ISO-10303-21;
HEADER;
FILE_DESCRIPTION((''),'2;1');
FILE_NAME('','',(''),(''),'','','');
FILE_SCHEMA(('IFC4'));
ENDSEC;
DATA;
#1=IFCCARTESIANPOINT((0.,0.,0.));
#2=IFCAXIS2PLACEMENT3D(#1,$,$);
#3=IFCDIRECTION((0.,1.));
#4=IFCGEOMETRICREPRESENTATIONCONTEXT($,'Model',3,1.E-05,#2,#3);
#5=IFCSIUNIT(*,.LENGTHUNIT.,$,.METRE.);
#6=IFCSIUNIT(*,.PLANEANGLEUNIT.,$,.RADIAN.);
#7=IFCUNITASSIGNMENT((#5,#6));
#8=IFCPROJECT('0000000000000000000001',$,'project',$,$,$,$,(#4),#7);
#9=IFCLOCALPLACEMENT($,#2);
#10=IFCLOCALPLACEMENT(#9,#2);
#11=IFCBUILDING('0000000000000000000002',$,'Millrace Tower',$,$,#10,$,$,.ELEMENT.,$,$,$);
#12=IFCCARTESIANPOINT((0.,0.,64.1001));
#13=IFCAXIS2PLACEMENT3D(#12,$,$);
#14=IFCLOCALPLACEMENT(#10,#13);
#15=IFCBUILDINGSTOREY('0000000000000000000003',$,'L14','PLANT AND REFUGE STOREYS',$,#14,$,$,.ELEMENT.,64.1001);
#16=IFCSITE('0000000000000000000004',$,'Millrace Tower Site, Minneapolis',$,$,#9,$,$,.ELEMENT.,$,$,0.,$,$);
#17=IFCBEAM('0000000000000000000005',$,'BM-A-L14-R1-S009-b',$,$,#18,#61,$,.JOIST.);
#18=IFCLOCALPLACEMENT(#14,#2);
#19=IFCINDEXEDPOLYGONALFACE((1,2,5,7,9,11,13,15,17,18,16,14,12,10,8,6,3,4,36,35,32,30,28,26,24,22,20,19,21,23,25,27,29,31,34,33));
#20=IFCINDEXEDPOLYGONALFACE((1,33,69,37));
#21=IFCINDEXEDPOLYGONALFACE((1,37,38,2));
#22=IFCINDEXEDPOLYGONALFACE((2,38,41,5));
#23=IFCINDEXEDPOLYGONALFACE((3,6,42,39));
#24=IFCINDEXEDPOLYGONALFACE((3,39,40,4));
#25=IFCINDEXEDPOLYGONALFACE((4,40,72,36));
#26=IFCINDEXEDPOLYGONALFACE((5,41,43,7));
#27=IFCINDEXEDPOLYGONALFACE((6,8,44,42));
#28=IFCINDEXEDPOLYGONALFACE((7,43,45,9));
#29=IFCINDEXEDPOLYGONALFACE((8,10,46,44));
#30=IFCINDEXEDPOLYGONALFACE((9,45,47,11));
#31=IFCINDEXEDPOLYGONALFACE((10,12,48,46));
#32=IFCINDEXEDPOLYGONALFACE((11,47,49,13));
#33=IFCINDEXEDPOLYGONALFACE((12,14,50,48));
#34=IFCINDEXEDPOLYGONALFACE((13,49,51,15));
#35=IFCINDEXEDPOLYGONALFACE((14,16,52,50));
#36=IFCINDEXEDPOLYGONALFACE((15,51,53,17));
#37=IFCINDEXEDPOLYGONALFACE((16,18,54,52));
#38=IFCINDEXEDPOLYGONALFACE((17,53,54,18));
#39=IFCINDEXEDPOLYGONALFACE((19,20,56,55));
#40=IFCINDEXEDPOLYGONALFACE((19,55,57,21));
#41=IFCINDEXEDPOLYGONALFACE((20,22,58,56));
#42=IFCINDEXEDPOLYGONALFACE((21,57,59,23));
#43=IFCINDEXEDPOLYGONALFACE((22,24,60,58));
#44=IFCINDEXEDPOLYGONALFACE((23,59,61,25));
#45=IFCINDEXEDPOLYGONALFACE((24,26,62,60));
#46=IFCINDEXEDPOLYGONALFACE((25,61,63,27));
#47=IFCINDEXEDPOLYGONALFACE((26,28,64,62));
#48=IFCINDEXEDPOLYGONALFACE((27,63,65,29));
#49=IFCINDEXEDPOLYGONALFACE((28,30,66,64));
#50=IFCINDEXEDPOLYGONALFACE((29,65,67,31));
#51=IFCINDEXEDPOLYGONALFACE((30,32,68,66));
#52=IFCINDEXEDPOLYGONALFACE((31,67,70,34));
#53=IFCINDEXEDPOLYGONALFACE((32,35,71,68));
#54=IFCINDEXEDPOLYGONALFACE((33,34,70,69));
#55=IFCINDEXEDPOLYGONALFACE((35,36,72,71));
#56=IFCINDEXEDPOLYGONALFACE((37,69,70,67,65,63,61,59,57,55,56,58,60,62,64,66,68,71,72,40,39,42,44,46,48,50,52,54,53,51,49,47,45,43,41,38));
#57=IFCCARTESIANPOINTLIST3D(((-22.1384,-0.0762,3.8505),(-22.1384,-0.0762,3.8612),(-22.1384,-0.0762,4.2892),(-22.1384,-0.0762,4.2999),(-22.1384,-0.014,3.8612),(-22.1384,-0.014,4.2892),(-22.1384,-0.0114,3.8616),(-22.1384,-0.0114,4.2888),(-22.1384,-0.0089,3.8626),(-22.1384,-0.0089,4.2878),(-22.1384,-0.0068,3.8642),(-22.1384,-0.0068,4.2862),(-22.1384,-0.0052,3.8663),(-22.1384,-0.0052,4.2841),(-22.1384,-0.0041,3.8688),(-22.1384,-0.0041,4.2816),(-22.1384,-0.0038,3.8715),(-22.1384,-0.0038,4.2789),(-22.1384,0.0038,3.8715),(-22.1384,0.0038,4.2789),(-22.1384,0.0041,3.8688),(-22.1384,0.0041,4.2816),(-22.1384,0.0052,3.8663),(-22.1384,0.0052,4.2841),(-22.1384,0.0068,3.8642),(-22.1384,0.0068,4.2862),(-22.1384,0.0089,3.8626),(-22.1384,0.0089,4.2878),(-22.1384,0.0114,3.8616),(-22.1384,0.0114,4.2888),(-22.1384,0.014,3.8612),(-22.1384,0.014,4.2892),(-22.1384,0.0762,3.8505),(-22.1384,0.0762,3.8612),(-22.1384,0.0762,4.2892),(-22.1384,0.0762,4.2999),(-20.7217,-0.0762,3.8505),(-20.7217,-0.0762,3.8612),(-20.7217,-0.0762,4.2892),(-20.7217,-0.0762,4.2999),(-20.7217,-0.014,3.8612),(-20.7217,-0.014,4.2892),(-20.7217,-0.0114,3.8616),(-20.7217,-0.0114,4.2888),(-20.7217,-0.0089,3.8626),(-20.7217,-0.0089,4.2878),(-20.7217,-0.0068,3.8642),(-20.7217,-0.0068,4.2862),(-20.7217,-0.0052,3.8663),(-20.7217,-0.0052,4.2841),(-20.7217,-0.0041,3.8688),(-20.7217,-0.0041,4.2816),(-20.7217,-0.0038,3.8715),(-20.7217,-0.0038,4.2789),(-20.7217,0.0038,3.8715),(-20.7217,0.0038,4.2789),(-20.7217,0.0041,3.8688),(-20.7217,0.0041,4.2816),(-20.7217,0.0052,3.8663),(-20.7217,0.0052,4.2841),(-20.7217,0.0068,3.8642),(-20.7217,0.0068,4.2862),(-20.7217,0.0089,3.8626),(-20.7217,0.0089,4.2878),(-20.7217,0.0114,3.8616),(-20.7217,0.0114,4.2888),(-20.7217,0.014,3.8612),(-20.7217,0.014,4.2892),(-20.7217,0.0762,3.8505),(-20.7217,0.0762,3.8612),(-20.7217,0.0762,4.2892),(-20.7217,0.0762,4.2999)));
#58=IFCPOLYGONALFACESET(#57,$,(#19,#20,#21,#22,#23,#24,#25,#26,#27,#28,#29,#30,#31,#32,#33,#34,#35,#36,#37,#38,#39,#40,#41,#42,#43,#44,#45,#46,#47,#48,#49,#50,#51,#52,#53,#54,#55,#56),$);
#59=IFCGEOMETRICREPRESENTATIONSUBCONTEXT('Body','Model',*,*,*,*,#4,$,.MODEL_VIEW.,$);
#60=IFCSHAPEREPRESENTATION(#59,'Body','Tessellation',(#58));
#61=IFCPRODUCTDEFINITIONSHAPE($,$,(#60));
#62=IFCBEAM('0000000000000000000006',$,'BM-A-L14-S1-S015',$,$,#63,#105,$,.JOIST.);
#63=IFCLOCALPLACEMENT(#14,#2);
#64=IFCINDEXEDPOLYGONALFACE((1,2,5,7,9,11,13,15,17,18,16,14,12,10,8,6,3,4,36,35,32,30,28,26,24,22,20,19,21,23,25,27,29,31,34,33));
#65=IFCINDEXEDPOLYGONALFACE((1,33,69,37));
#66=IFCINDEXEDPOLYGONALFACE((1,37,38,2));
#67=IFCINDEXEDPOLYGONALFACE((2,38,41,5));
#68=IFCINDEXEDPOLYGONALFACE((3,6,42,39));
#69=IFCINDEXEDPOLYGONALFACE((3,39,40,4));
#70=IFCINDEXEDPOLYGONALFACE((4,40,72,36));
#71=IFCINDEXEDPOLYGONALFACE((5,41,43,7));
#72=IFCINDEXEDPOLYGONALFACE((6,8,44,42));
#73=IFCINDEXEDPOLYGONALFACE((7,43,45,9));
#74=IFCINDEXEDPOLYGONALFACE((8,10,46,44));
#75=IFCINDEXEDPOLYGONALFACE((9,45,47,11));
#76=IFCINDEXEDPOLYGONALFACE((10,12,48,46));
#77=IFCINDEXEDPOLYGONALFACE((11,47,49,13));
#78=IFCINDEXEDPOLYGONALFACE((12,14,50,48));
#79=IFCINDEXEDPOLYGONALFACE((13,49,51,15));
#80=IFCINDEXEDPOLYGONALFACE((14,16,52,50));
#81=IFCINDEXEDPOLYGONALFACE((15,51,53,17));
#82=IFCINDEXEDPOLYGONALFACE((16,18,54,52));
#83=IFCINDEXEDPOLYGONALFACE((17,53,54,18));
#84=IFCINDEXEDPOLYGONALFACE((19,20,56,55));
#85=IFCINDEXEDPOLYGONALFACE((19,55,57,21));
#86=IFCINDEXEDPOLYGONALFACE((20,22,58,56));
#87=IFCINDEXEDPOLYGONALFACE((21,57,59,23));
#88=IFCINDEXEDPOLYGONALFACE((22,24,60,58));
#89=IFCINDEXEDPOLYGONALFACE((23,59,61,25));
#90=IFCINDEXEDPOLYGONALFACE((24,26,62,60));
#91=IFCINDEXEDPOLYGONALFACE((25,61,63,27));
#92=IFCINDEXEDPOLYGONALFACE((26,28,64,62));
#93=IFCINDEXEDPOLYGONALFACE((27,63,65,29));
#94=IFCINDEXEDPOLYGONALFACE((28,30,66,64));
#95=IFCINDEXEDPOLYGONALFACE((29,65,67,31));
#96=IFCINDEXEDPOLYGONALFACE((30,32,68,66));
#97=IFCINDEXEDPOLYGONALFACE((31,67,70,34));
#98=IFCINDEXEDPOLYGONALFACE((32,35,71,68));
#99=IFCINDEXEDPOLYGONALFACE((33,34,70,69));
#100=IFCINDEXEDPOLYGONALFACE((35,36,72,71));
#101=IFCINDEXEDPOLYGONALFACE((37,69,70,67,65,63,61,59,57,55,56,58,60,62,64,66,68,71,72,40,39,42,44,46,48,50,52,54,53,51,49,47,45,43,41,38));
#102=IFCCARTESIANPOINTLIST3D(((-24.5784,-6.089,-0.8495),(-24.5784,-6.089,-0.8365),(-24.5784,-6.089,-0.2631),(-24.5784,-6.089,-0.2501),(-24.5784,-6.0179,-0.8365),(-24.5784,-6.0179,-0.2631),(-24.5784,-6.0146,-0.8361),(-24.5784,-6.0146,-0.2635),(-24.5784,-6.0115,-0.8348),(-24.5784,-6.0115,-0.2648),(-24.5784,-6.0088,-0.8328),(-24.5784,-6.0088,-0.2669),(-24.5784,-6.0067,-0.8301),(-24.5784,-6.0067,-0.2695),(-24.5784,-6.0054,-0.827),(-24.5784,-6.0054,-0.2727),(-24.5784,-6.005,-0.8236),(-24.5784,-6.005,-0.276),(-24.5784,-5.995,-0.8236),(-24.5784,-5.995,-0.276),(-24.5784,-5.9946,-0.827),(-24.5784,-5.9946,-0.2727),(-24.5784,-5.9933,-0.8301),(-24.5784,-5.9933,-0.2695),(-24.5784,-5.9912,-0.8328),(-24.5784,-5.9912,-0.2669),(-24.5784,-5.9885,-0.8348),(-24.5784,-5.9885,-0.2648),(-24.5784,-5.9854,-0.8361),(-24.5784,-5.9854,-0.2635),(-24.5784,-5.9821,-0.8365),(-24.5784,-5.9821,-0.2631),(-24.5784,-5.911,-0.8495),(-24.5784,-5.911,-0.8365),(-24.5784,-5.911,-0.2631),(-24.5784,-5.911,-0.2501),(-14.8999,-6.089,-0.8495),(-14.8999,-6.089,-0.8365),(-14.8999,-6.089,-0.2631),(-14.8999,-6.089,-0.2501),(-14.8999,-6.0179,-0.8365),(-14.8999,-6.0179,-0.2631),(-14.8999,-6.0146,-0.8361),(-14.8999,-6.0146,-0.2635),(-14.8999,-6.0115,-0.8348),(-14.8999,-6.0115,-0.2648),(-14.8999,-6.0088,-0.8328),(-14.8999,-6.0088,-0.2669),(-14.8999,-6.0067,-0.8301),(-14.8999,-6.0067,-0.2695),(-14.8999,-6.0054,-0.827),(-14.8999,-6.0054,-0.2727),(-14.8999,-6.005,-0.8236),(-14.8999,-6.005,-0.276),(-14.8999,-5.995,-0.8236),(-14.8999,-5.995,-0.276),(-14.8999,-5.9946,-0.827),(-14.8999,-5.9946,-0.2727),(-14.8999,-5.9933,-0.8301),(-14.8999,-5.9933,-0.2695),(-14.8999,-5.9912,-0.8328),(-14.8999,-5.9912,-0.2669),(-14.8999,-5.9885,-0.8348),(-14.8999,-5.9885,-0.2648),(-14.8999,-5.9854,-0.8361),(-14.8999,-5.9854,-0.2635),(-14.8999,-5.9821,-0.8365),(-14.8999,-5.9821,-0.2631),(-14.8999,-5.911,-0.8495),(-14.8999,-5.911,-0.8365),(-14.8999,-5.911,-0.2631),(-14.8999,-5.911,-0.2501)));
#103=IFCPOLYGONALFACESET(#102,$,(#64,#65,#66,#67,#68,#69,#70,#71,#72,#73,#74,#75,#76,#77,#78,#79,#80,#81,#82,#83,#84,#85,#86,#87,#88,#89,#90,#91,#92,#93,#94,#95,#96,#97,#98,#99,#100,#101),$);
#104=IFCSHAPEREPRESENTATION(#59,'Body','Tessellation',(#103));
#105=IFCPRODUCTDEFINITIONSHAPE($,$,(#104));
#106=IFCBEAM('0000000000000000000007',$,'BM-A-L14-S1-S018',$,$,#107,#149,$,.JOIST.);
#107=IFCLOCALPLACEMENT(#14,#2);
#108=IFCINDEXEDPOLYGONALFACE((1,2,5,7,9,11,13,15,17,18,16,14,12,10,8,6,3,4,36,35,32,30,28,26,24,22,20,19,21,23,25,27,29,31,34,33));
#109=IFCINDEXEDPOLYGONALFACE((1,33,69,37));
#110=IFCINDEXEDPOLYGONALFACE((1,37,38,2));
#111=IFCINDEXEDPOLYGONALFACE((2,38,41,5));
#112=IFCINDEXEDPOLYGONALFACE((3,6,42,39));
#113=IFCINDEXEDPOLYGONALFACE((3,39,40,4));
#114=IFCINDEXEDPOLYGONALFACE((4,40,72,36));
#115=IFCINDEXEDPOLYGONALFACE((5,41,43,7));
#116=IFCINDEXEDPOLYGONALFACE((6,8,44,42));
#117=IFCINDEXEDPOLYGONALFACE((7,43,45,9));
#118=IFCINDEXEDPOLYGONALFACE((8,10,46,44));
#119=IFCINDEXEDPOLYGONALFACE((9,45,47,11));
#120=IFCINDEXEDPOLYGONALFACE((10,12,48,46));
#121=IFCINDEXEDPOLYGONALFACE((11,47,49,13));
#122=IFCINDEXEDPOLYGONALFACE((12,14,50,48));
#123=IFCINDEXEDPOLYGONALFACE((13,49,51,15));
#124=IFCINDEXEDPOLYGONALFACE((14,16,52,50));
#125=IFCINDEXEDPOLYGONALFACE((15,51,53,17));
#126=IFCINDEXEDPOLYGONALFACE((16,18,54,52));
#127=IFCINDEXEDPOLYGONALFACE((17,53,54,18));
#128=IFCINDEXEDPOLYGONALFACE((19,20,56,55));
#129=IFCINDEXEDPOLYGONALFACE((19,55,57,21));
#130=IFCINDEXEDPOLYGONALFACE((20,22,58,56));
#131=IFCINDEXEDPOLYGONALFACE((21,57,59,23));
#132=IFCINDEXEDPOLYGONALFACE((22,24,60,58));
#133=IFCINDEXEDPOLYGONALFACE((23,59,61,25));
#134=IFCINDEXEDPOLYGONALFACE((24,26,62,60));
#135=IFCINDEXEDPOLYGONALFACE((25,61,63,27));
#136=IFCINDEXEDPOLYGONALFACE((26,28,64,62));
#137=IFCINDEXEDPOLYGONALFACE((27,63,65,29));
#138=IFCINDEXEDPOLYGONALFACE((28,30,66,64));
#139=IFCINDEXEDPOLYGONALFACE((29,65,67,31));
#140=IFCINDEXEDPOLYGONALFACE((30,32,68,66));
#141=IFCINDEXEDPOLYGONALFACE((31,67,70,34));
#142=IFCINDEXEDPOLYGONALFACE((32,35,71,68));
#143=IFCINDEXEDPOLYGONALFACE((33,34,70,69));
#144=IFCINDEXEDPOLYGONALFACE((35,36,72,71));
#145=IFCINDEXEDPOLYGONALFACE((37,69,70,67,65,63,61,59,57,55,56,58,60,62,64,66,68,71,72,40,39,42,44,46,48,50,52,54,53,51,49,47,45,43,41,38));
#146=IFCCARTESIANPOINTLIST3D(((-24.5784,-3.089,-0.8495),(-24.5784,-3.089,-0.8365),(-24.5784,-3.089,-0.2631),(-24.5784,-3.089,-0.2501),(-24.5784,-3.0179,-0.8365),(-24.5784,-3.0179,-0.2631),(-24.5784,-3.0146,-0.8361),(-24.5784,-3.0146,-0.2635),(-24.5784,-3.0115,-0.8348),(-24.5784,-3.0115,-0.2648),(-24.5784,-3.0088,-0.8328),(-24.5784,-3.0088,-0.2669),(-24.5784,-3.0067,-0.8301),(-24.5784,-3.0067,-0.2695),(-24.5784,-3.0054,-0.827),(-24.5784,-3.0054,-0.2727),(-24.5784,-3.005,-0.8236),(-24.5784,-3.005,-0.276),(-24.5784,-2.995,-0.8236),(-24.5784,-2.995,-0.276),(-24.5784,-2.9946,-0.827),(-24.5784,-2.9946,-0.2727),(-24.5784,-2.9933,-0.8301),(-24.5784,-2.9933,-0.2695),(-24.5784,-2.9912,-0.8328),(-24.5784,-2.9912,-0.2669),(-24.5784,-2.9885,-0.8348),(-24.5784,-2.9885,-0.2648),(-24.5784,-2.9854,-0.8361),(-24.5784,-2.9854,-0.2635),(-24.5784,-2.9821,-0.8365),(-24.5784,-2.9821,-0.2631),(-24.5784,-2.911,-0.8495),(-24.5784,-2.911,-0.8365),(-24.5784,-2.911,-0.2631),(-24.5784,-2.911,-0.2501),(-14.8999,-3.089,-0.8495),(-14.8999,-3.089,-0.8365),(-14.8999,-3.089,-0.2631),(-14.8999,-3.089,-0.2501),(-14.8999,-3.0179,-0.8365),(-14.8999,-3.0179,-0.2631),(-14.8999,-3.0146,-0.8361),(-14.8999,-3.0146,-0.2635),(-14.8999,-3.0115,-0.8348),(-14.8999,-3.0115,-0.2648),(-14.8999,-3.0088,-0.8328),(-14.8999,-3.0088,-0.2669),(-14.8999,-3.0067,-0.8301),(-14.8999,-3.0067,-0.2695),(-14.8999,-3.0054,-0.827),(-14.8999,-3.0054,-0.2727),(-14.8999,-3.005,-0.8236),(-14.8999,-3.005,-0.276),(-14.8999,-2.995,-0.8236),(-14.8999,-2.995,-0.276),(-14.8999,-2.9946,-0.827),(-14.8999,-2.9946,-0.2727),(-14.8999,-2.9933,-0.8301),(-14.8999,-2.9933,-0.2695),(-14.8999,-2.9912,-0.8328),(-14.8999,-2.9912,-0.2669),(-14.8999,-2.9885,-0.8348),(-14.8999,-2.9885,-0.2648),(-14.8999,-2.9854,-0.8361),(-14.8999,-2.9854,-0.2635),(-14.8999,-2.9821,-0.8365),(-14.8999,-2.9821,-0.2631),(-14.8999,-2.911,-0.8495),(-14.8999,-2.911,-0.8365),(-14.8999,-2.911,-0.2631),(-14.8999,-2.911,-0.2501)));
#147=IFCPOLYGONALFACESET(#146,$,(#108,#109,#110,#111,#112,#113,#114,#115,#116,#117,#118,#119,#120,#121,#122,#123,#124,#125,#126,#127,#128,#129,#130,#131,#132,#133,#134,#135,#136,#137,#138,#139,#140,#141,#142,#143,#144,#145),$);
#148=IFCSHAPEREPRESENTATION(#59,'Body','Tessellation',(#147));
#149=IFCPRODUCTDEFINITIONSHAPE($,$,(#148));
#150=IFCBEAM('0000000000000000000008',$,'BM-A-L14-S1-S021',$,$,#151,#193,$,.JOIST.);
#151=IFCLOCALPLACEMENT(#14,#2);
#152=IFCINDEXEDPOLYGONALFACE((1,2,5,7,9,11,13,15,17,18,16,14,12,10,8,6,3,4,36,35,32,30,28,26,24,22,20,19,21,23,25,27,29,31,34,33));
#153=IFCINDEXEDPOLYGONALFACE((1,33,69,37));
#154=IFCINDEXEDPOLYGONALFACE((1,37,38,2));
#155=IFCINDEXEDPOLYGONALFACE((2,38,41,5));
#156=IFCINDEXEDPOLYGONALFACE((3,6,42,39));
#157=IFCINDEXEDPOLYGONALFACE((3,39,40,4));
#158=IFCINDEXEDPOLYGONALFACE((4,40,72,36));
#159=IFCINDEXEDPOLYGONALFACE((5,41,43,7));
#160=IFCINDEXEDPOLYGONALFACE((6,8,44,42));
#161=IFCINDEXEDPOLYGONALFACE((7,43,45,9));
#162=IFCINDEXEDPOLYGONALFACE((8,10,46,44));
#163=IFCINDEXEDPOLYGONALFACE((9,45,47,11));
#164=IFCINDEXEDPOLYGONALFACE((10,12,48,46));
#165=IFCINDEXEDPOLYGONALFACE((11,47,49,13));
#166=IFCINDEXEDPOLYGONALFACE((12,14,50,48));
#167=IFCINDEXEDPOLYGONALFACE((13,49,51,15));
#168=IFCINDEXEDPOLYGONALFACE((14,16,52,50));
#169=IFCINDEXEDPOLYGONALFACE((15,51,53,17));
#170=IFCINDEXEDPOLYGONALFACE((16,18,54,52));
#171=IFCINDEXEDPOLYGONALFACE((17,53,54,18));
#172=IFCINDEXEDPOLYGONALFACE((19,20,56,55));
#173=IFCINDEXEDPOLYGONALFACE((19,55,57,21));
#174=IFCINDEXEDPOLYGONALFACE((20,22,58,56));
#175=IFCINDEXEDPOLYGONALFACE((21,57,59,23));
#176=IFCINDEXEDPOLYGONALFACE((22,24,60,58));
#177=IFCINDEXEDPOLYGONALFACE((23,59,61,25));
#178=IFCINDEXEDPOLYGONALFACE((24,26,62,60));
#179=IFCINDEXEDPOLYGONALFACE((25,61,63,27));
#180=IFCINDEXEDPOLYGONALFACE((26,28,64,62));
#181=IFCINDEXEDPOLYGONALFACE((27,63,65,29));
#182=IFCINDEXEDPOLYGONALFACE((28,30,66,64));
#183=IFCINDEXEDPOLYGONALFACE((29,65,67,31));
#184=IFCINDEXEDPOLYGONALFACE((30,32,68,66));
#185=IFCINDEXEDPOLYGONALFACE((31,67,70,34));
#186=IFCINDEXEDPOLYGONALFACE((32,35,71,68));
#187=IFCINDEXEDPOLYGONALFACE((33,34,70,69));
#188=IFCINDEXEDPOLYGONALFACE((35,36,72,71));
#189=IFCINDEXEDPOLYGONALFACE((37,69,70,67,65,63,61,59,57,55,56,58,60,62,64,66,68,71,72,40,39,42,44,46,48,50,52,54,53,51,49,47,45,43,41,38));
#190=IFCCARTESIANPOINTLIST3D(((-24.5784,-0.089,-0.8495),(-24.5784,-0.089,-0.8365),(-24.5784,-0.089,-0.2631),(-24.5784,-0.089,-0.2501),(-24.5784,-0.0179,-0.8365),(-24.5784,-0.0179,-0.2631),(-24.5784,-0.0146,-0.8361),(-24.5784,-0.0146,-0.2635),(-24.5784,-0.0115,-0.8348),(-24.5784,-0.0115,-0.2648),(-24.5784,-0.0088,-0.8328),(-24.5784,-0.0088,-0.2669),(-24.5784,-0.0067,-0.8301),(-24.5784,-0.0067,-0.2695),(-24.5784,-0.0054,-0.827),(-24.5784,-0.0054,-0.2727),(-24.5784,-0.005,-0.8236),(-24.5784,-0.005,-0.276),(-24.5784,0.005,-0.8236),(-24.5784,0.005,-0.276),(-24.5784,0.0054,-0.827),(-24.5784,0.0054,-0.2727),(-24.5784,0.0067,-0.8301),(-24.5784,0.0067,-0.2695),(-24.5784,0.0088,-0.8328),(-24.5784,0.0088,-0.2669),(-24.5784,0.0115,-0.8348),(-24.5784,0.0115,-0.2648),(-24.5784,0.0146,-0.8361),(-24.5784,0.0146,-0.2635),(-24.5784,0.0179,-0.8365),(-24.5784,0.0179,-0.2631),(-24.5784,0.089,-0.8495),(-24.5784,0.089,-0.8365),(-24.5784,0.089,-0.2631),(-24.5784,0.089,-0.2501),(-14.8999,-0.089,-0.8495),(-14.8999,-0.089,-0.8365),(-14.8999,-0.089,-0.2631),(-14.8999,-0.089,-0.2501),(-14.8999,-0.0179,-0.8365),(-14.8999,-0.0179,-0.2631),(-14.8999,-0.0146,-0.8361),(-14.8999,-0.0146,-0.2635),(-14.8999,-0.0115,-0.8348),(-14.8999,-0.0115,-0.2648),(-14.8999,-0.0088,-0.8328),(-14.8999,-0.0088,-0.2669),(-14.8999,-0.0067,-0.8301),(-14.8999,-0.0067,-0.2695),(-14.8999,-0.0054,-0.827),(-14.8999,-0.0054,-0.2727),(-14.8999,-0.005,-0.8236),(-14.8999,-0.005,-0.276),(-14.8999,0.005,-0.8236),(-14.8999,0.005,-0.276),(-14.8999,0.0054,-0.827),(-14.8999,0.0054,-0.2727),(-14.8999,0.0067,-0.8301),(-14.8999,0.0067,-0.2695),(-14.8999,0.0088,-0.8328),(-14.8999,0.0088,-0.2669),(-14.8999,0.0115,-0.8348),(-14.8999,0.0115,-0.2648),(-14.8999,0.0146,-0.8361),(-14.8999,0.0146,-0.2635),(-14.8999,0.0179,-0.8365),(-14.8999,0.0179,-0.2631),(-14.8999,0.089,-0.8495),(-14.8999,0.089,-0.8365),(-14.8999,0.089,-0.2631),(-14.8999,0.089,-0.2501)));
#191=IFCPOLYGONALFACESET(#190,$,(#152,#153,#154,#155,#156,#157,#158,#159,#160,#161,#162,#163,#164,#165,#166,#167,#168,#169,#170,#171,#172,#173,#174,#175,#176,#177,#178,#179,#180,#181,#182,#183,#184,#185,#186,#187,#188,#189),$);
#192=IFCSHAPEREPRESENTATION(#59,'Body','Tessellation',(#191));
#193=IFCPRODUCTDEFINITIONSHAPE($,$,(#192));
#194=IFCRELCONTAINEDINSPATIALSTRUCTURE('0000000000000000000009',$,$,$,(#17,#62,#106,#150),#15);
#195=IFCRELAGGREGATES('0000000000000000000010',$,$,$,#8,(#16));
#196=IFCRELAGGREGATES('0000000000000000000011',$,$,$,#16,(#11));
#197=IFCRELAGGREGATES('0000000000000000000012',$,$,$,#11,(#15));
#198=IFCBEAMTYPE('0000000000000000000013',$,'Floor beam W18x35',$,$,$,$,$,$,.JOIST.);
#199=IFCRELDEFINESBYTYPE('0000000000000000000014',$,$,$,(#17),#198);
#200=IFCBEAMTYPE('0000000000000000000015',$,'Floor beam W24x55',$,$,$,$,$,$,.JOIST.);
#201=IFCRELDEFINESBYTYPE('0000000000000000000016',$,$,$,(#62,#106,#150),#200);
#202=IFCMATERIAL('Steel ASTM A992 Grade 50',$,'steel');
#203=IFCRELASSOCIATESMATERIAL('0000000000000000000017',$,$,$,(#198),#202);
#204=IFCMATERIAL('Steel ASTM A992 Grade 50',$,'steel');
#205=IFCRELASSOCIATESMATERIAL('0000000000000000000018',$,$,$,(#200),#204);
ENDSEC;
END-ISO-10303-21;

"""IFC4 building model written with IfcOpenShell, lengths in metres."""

from ifc_helpers import new_model, si_unit, direction, frame, origin, origin_2d, place, context, subcontext, project, spatial, i_section, extrude, material, material_profile, profile_set, type_object, element, save


model = new_model("IFC4")

# Units and contexts
model_context = context("Model", 3, precision=1e-05, world=origin(), true_north=direction((0.0, 1.0)))
body_context = subcontext(model_context, "Body", "Model", "MODEL_VIEW")
ifc_project = project(units=[si_unit("LENGTHUNIT", "METRE"), si_unit("PLANEANGLEUNIT", "RADIAN")], contexts=[model_context])

# Site, building, storey
site_placement = place(None, origin())
site = spatial("IfcSite", under=ifc_project, at=site_placement, Name="Millrace Tower Site, Minneapolis", CompositionType="ELEMENT", RefElevation=0.0)
building_placement = place(site_placement, origin())
building = spatial("IfcBuilding", under=site, at=building_placement, Name="Millrace Tower", CompositionType="ELEMENT")
storey_placement = place(building_placement, frame((0.0, 0.0, 64.1001)))
storey = spatial("IfcBuildingStorey", under=building, at=storey_placement, Name="L14", Description="PLANT AND REFUGE STOREYS", CompositionType="ELEMENT", Elevation=64.1001)

# Beams
ifc_material_1 = material(Name="Steel ASTM A992 Grade 50", Category="steel")
ifc_material_profile_1 = material_profile(ifc_material_1, i_section(OverallWidth=0.1523, OverallDepth=0.4495, WebThickness=0.0076, FlangeThickness=0.0107, FilletRadius=0.0103, at=origin_2d()))
ifc_profile_set_1 = profile_set([ifc_material_profile_1], Name="Steel ASTM A992 Grade 50")
beam_type_1 = type_object("IfcBeamType", Name="Floor beam W18x35", PredefinedType="JOIST", material=ifc_profile_set_1)
beam_1_placement = place(storey_placement, frame((-22.1384, 0.0, 4.0752), z_axis=(1.0, 0.0, 0.0), x_axis=(0.0, 1.0, 0.0)))
element("IfcBeam", 1, at=beam_1_placement, inside=storey, type_object=beam_type_1, Name="BM-A-L14-R1-S009-b", PredefinedType="JOIST", context=body_context, shape_type="SweptSolid", body=[
    extrude(i_section(OverallWidth=0.1523, OverallDepth=0.4495, WebThickness=0.0076, FlangeThickness=0.0107, FilletRadius=0.0103, at=origin_2d()), origin(), (0.0, 0.0, 1.0), 1.4167),
])
ifc_material_2 = material(Name="Steel ASTM A992 Grade 50", Category="steel")
ifc_material_profile_2 = material_profile(ifc_material_2, i_section(OverallWidth=0.178, OverallDepth=0.5994, WebThickness=0.01, FlangeThickness=0.0129, FilletRadius=0.0129, at=origin_2d()))
ifc_profile_set_2 = profile_set([ifc_material_profile_2], Name="Steel ASTM A992 Grade 50")
beam_type_2 = type_object("IfcBeamType", Name="Floor beam W24x55", PredefinedType="JOIST", material=ifc_profile_set_2)
for number, where, z_axis, x_axis, name in (
    (2, (-24.5784, -6.0, -0.5498), (1.0, 0.0, 0.0), (0.0, 1.0, 0.0), "BM-A-L14-S1-S015"),
    (3, (-24.5784, -3.0, -0.5498), (1.0, 0.0, 0.0), (0.0, 1.0, 0.0), "BM-A-L14-S1-S018"),
    (4, (-24.5784, 0.0, -0.5498), (1.0, 0.0, 0.0), (0.0, 1.0, 0.0), "BM-A-L14-S1-S021"),
):
    element("IfcBeam", number, at=place(storey_placement, frame(where, z_axis=z_axis, x_axis=x_axis)), inside=storey, type_object=beam_type_2, Name=name, PredefinedType="JOIST", context=body_context, shape_type="SweptSolid", body=[
        extrude(i_section(OverallWidth=0.178, OverallDepth=0.5994, WebThickness=0.01, FlangeThickness=0.0129, FilletRadius=0.0129, at=origin_2d()), origin(), (0.0, 0.0, 1.0), 9.6785),
    ])

save(model, "model.ifc")
